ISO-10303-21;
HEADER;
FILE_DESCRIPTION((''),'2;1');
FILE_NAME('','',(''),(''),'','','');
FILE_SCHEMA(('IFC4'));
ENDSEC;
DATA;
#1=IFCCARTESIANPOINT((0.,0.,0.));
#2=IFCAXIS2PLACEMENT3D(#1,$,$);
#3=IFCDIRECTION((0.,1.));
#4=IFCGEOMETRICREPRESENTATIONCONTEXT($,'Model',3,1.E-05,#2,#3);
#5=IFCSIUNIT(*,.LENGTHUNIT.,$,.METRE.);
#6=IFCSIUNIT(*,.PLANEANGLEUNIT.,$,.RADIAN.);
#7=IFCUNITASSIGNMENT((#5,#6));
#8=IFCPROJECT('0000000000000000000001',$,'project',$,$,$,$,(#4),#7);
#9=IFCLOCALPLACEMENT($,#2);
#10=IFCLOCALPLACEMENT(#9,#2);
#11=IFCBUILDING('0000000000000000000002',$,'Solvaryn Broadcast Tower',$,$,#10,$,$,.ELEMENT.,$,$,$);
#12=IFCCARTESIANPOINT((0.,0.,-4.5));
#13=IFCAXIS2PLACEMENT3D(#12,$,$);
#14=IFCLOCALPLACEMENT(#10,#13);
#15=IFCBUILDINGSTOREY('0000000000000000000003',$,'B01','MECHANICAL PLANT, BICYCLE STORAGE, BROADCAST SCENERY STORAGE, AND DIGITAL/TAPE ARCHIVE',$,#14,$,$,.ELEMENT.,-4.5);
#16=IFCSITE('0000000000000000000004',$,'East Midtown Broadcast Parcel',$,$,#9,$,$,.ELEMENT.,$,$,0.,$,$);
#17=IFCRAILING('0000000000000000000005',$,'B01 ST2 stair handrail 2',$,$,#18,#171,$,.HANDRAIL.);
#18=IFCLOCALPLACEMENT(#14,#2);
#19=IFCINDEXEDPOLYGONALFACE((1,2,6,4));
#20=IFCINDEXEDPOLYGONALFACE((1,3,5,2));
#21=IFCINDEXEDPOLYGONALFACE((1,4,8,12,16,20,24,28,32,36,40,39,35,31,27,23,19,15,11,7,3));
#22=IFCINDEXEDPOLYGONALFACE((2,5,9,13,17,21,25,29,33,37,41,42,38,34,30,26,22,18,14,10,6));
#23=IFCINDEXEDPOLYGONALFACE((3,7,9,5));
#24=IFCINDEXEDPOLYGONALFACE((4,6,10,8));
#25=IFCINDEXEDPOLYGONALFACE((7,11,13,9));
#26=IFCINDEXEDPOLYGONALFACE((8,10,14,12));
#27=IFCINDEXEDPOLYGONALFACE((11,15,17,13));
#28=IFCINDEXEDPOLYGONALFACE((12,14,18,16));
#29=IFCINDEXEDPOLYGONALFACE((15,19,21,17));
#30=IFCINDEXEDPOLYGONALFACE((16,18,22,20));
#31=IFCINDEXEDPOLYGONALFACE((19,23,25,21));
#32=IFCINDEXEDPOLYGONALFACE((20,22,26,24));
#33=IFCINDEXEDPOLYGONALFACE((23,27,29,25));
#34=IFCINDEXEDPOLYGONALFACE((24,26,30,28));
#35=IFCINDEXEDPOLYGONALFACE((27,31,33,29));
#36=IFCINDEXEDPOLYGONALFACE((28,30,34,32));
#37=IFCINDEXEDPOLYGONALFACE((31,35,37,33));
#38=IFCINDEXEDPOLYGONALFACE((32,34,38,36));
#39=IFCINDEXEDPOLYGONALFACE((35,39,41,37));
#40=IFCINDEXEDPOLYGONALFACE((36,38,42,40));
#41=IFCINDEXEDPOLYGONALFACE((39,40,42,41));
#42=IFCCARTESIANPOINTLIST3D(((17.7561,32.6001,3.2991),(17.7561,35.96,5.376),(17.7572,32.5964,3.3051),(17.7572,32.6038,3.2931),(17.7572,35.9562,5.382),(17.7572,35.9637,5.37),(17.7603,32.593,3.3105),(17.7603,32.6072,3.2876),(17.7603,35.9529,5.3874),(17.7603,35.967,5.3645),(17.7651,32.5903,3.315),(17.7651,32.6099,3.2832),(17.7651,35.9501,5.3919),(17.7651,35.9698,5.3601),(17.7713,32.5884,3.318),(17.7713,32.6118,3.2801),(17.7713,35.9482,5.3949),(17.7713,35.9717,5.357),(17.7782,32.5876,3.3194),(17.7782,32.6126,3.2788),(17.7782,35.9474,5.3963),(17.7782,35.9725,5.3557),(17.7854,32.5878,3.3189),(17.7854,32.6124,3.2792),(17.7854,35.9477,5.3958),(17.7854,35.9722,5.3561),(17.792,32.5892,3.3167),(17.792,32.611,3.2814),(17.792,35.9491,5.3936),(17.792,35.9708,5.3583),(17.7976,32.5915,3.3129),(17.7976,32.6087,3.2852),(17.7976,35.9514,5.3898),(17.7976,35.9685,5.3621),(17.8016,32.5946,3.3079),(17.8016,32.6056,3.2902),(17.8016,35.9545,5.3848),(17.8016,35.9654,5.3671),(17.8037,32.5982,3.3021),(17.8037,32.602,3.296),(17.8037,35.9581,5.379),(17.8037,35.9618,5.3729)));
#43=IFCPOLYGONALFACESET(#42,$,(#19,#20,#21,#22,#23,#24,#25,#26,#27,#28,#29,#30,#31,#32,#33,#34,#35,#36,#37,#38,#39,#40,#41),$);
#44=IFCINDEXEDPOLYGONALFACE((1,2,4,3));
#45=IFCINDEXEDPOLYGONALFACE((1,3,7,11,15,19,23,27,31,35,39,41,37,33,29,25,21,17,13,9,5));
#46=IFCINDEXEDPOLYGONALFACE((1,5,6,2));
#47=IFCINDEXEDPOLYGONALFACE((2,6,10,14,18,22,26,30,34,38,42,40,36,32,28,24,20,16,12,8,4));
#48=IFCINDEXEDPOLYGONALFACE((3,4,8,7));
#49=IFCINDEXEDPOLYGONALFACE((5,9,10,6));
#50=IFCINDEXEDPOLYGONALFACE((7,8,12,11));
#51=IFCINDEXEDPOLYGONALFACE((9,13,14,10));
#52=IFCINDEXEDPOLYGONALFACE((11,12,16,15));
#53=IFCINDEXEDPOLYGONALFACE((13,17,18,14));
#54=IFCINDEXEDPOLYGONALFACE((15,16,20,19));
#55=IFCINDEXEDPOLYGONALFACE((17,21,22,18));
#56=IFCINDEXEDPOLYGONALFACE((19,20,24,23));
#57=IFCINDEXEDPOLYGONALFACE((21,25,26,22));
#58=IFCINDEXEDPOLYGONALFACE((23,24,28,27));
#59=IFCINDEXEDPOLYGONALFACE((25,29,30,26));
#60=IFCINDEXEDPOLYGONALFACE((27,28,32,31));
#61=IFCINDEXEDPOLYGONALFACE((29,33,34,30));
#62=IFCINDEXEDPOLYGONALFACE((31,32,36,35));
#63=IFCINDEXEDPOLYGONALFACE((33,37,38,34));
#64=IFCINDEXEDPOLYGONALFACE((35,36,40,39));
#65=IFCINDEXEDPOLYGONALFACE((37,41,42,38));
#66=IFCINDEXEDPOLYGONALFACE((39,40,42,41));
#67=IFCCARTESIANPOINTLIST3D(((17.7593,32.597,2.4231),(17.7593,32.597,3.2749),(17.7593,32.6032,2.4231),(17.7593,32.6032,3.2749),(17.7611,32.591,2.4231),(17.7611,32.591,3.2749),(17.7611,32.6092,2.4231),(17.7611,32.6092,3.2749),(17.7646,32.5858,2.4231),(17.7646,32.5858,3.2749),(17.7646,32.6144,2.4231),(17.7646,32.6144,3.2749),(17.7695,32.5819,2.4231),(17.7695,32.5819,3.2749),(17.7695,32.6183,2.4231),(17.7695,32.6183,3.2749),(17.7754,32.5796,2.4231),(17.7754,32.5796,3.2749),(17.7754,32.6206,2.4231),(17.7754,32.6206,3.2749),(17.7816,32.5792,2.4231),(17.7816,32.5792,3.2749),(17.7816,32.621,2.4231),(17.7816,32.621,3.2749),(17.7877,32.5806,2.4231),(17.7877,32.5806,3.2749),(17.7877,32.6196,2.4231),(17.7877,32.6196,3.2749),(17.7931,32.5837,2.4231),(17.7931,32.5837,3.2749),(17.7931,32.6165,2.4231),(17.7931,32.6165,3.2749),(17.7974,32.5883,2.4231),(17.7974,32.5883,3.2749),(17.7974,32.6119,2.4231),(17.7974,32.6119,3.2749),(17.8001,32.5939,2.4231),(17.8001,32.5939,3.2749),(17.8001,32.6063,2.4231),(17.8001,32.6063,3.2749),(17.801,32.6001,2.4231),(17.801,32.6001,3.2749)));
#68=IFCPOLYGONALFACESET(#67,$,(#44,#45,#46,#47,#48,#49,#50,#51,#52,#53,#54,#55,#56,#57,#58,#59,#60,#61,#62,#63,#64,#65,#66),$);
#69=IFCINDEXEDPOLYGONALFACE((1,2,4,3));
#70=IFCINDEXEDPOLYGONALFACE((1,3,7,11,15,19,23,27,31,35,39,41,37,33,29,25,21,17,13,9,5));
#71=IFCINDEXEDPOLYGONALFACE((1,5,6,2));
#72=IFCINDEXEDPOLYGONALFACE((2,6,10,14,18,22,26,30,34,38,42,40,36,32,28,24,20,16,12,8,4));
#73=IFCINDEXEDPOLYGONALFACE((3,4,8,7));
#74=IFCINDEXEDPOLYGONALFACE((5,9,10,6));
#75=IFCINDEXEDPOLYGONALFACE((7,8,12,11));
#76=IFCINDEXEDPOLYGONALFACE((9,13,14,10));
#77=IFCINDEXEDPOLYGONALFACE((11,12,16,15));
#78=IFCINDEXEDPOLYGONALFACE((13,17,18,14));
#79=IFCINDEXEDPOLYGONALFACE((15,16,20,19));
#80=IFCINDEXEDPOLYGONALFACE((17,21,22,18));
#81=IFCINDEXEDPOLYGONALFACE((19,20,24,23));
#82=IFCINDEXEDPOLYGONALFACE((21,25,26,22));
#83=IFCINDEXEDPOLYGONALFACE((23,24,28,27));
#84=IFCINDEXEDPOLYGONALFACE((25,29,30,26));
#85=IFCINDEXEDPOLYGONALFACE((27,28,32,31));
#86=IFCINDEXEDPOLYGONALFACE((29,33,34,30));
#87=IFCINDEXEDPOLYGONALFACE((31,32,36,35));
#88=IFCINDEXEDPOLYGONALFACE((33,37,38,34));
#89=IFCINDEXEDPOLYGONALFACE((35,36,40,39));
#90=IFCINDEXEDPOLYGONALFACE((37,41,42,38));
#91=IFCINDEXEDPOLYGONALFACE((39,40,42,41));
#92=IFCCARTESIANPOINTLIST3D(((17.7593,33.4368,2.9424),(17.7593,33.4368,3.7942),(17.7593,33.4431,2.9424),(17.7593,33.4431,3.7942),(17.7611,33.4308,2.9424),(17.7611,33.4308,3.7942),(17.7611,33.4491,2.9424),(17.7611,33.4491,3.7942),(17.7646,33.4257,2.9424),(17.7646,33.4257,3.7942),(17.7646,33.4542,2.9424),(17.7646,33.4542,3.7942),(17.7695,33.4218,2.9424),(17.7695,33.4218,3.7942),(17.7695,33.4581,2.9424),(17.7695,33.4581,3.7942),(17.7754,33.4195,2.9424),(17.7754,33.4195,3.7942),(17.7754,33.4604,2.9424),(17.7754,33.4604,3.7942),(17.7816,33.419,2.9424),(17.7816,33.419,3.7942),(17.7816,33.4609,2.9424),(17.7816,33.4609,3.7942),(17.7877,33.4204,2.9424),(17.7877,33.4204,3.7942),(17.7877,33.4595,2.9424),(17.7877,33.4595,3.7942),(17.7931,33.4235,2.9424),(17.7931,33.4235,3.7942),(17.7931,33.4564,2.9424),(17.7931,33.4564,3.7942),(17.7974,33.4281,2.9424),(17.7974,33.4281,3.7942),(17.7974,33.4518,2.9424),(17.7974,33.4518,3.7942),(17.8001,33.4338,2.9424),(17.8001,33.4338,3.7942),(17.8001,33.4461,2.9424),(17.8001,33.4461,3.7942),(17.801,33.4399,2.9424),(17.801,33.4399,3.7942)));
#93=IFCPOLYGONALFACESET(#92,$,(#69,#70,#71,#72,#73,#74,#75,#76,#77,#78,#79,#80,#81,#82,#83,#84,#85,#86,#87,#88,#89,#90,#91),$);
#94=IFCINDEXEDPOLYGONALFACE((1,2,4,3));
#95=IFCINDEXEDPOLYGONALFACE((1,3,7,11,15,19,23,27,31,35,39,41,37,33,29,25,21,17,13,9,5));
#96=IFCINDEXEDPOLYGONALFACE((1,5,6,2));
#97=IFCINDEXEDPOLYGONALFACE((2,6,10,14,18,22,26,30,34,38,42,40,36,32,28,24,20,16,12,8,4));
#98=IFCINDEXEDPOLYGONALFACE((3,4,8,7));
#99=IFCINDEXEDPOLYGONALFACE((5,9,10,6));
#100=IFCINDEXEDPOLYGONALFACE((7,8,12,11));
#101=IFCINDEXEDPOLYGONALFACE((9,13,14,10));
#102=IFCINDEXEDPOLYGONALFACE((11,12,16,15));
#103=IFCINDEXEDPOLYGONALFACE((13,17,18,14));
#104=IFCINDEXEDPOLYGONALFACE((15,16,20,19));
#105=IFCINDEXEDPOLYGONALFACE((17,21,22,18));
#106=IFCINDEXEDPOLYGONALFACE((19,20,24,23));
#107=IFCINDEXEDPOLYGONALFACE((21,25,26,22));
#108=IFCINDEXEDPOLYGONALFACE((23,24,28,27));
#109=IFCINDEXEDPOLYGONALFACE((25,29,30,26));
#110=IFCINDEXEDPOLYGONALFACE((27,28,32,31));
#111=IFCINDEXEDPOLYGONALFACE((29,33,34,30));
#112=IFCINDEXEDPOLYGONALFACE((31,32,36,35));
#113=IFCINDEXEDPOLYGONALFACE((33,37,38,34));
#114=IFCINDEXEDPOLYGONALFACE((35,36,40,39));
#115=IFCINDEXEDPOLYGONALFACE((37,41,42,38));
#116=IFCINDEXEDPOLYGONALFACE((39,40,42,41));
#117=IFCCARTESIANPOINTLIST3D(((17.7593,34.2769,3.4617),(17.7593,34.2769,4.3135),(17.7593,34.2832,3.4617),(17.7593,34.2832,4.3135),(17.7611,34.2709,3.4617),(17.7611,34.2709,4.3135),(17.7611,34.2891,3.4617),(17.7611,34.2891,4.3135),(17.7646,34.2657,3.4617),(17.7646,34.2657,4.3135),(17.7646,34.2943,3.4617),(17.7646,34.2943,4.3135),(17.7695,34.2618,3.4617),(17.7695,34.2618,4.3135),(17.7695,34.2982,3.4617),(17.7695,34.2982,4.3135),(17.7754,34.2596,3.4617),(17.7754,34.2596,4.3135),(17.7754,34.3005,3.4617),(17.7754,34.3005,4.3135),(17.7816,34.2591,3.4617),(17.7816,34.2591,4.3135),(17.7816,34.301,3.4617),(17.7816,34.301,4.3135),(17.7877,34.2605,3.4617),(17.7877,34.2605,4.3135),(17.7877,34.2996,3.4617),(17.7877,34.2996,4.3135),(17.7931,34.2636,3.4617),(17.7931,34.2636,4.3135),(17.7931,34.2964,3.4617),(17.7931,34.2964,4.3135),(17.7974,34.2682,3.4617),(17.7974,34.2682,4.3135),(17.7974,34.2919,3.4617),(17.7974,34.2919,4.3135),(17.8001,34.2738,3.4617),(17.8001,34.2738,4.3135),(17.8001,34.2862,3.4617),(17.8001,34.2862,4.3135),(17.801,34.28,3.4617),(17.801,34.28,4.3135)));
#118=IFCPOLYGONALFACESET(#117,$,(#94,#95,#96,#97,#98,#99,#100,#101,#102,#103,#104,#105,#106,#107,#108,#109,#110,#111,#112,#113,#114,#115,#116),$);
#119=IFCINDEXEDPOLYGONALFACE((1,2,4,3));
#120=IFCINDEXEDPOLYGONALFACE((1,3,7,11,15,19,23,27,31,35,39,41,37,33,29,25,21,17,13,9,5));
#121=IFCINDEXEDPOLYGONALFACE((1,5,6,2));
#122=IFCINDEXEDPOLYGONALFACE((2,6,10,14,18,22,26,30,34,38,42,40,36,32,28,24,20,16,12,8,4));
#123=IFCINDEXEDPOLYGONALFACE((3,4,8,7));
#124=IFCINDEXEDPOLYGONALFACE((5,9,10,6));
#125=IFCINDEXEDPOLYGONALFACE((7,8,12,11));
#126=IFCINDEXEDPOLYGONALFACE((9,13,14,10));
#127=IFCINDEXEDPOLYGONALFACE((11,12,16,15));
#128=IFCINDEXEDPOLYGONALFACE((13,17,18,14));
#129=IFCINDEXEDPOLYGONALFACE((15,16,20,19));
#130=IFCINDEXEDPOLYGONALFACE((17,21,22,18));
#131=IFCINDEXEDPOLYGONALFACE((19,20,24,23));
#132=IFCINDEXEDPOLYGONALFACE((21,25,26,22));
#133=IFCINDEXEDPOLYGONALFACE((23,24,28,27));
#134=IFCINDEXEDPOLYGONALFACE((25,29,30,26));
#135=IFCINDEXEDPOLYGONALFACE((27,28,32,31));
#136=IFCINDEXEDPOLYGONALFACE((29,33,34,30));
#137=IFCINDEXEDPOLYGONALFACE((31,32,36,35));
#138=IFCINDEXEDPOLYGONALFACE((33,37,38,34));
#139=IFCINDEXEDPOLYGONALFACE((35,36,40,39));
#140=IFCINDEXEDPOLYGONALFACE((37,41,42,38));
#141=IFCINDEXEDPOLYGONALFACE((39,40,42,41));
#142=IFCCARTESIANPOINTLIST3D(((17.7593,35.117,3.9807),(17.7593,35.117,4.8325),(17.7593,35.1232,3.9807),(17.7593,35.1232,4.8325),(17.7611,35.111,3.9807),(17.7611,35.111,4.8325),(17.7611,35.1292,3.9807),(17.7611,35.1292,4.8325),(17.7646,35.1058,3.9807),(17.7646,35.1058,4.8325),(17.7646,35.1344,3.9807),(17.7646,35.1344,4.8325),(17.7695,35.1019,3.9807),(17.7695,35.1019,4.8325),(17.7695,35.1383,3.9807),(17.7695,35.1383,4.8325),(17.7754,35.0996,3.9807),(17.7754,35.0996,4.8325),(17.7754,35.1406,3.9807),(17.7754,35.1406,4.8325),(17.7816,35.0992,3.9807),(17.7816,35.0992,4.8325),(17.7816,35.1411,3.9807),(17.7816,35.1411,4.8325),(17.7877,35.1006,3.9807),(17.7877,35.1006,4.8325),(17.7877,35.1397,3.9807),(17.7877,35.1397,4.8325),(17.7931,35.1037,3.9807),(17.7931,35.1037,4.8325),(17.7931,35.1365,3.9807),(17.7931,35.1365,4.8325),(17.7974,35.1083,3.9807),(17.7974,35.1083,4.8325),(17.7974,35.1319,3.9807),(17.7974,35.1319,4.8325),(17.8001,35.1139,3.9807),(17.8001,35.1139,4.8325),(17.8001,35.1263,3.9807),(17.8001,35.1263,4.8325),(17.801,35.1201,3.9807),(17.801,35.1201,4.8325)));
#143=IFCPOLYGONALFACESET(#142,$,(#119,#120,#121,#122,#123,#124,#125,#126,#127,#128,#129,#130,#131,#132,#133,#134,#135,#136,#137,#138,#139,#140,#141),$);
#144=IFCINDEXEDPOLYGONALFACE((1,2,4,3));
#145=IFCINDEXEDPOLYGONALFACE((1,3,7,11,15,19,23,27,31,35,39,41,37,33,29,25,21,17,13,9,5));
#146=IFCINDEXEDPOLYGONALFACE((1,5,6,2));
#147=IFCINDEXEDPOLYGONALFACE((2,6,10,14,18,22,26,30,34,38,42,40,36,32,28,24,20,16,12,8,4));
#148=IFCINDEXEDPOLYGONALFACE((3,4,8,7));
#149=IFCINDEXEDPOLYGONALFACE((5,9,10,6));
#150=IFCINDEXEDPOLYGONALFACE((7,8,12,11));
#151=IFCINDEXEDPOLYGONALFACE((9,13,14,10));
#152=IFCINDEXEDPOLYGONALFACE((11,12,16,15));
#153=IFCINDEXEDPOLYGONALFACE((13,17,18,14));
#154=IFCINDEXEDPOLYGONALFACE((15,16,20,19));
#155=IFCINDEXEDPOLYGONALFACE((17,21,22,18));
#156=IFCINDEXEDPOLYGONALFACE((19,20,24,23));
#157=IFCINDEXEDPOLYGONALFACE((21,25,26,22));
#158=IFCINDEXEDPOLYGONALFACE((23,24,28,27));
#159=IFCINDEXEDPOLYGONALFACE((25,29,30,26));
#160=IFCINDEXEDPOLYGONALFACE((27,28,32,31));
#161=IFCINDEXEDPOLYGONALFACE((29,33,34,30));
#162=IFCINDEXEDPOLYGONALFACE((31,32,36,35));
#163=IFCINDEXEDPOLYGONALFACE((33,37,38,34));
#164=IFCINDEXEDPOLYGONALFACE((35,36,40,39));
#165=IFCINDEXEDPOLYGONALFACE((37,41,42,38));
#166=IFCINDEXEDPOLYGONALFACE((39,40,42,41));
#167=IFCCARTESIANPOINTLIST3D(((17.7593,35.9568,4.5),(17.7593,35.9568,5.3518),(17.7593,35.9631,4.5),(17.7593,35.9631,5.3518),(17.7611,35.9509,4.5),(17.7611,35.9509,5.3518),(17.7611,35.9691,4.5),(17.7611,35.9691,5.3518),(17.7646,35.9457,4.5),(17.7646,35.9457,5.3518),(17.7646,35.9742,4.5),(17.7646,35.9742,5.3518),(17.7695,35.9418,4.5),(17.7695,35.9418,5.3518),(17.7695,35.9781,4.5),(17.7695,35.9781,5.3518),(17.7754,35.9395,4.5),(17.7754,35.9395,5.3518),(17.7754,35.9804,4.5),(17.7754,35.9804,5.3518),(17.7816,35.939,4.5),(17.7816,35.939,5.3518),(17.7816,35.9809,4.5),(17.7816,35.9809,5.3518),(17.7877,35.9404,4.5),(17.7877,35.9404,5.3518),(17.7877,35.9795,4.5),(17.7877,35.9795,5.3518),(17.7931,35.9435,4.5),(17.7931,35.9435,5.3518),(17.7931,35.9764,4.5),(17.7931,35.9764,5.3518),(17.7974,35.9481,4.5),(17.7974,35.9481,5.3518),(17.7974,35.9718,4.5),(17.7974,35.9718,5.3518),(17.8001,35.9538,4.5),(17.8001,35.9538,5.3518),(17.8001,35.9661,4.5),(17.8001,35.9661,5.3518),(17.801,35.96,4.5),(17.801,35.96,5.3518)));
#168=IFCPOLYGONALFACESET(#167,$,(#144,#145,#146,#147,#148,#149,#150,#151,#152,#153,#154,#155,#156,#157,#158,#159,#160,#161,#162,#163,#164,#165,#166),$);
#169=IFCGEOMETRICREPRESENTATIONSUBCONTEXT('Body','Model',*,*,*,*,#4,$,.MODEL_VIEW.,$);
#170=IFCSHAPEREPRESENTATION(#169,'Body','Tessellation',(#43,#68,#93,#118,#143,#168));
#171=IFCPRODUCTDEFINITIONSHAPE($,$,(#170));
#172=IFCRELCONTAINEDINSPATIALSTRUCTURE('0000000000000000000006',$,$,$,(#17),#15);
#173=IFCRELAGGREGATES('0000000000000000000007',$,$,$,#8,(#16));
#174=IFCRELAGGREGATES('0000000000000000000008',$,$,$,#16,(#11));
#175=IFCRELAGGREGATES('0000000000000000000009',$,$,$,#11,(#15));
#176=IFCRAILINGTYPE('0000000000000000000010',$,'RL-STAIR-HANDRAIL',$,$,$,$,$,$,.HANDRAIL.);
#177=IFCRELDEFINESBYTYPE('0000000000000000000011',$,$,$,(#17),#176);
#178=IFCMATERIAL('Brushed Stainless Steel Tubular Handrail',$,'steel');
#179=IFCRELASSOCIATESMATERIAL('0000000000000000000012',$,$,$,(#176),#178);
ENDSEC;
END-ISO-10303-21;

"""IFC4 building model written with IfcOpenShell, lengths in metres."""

from ifc_helpers import new_model, si_unit, direction, frame, origin, origin_2d, place, context, subcontext, project, spatial, circle, extrude, material, type_object, element, save


model = new_model("IFC4")

# Units and contexts
model_context = context("Model", 3, precision=1e-05, world=origin(), true_north=direction((0.0, 1.0)))
body_context = subcontext(model_context, "Body", "Model", "MODEL_VIEW")
ifc_project = project(units=[si_unit("LENGTHUNIT", "METRE"), si_unit("PLANEANGLEUNIT", "RADIAN")], contexts=[model_context])

# Site, building, storey
site_placement = place(None, origin())
site = spatial("IfcSite", under=ifc_project, at=site_placement, Name="East Midtown Broadcast Parcel", CompositionType="ELEMENT", RefElevation=0.0)
building_placement = place(site_placement, origin())
building = spatial("IfcBuilding", under=site, at=building_placement, Name="Solvaryn Broadcast Tower", CompositionType="ELEMENT")
storey_placement = place(building_placement, frame((0.0, 0.0, -4.5)))
storey = spatial("IfcBuildingStorey", under=building, at=storey_placement, Name="B01", Description="MECHANICAL PLANT, BICYCLE STORAGE, BROADCAST SCENERY STORAGE, AND DIGITAL/TAPE ARCHIVE", CompositionType="ELEMENT", Elevation=-4.5)

# Railing
ifc_material_1 = material(Name="Brushed Stainless Steel Tubular Handrail", Category="steel")
railing_type_1 = type_object("IfcRailingType", Name="RL-STAIR-HANDRAIL", PredefinedType="HANDRAIL", material=ifc_material_1)
railing_1_placement = place(storey_placement, frame((17.78, 32.6001, 2.4231)))
element("IfcRailing", 1, at=railing_1_placement, inside=storey, type_object=railing_type_1, Name="B01 ST2 stair handrail 2", PredefinedType="HANDRAIL", context=body_context, shape_type="SweptSolid", body=[
    extrude(circle(Radius=0.0239, at=origin_2d()), frame((0.0, 0.0, 0.876), z_axis=(0.0, 0.850606, 0.525803), x_axis=(-1.0, 0.0, 0.0)), (0.0, 0.0, 1.0), 3.95),
    extrude(circle(Radius=0.021, at=origin_2d()), origin(), (0.0, 0.0, 1.0), 0.8518),
    extrude(circle(Radius=0.021, at=origin_2d()), frame((0.0, 0.8398, 0.5193)), (0.0, 0.0, 1.0), 0.8518),
    extrude(circle(Radius=0.021, at=origin_2d()), frame((0.0, 1.6799, 1.0386)), (0.0, 0.0, 1.0), 0.8518),
    extrude(circle(Radius=0.021, at=origin_2d()), frame((0.0, 2.52, 1.5576)), (0.0, 0.0, 1.0), 0.8518),
    extrude(circle(Radius=0.021, at=origin_2d()), frame((0.0, 3.3599, 2.0769)), (0.0, 0.0, 1.0), 0.8518),
])

save(model, "model.ifc")
